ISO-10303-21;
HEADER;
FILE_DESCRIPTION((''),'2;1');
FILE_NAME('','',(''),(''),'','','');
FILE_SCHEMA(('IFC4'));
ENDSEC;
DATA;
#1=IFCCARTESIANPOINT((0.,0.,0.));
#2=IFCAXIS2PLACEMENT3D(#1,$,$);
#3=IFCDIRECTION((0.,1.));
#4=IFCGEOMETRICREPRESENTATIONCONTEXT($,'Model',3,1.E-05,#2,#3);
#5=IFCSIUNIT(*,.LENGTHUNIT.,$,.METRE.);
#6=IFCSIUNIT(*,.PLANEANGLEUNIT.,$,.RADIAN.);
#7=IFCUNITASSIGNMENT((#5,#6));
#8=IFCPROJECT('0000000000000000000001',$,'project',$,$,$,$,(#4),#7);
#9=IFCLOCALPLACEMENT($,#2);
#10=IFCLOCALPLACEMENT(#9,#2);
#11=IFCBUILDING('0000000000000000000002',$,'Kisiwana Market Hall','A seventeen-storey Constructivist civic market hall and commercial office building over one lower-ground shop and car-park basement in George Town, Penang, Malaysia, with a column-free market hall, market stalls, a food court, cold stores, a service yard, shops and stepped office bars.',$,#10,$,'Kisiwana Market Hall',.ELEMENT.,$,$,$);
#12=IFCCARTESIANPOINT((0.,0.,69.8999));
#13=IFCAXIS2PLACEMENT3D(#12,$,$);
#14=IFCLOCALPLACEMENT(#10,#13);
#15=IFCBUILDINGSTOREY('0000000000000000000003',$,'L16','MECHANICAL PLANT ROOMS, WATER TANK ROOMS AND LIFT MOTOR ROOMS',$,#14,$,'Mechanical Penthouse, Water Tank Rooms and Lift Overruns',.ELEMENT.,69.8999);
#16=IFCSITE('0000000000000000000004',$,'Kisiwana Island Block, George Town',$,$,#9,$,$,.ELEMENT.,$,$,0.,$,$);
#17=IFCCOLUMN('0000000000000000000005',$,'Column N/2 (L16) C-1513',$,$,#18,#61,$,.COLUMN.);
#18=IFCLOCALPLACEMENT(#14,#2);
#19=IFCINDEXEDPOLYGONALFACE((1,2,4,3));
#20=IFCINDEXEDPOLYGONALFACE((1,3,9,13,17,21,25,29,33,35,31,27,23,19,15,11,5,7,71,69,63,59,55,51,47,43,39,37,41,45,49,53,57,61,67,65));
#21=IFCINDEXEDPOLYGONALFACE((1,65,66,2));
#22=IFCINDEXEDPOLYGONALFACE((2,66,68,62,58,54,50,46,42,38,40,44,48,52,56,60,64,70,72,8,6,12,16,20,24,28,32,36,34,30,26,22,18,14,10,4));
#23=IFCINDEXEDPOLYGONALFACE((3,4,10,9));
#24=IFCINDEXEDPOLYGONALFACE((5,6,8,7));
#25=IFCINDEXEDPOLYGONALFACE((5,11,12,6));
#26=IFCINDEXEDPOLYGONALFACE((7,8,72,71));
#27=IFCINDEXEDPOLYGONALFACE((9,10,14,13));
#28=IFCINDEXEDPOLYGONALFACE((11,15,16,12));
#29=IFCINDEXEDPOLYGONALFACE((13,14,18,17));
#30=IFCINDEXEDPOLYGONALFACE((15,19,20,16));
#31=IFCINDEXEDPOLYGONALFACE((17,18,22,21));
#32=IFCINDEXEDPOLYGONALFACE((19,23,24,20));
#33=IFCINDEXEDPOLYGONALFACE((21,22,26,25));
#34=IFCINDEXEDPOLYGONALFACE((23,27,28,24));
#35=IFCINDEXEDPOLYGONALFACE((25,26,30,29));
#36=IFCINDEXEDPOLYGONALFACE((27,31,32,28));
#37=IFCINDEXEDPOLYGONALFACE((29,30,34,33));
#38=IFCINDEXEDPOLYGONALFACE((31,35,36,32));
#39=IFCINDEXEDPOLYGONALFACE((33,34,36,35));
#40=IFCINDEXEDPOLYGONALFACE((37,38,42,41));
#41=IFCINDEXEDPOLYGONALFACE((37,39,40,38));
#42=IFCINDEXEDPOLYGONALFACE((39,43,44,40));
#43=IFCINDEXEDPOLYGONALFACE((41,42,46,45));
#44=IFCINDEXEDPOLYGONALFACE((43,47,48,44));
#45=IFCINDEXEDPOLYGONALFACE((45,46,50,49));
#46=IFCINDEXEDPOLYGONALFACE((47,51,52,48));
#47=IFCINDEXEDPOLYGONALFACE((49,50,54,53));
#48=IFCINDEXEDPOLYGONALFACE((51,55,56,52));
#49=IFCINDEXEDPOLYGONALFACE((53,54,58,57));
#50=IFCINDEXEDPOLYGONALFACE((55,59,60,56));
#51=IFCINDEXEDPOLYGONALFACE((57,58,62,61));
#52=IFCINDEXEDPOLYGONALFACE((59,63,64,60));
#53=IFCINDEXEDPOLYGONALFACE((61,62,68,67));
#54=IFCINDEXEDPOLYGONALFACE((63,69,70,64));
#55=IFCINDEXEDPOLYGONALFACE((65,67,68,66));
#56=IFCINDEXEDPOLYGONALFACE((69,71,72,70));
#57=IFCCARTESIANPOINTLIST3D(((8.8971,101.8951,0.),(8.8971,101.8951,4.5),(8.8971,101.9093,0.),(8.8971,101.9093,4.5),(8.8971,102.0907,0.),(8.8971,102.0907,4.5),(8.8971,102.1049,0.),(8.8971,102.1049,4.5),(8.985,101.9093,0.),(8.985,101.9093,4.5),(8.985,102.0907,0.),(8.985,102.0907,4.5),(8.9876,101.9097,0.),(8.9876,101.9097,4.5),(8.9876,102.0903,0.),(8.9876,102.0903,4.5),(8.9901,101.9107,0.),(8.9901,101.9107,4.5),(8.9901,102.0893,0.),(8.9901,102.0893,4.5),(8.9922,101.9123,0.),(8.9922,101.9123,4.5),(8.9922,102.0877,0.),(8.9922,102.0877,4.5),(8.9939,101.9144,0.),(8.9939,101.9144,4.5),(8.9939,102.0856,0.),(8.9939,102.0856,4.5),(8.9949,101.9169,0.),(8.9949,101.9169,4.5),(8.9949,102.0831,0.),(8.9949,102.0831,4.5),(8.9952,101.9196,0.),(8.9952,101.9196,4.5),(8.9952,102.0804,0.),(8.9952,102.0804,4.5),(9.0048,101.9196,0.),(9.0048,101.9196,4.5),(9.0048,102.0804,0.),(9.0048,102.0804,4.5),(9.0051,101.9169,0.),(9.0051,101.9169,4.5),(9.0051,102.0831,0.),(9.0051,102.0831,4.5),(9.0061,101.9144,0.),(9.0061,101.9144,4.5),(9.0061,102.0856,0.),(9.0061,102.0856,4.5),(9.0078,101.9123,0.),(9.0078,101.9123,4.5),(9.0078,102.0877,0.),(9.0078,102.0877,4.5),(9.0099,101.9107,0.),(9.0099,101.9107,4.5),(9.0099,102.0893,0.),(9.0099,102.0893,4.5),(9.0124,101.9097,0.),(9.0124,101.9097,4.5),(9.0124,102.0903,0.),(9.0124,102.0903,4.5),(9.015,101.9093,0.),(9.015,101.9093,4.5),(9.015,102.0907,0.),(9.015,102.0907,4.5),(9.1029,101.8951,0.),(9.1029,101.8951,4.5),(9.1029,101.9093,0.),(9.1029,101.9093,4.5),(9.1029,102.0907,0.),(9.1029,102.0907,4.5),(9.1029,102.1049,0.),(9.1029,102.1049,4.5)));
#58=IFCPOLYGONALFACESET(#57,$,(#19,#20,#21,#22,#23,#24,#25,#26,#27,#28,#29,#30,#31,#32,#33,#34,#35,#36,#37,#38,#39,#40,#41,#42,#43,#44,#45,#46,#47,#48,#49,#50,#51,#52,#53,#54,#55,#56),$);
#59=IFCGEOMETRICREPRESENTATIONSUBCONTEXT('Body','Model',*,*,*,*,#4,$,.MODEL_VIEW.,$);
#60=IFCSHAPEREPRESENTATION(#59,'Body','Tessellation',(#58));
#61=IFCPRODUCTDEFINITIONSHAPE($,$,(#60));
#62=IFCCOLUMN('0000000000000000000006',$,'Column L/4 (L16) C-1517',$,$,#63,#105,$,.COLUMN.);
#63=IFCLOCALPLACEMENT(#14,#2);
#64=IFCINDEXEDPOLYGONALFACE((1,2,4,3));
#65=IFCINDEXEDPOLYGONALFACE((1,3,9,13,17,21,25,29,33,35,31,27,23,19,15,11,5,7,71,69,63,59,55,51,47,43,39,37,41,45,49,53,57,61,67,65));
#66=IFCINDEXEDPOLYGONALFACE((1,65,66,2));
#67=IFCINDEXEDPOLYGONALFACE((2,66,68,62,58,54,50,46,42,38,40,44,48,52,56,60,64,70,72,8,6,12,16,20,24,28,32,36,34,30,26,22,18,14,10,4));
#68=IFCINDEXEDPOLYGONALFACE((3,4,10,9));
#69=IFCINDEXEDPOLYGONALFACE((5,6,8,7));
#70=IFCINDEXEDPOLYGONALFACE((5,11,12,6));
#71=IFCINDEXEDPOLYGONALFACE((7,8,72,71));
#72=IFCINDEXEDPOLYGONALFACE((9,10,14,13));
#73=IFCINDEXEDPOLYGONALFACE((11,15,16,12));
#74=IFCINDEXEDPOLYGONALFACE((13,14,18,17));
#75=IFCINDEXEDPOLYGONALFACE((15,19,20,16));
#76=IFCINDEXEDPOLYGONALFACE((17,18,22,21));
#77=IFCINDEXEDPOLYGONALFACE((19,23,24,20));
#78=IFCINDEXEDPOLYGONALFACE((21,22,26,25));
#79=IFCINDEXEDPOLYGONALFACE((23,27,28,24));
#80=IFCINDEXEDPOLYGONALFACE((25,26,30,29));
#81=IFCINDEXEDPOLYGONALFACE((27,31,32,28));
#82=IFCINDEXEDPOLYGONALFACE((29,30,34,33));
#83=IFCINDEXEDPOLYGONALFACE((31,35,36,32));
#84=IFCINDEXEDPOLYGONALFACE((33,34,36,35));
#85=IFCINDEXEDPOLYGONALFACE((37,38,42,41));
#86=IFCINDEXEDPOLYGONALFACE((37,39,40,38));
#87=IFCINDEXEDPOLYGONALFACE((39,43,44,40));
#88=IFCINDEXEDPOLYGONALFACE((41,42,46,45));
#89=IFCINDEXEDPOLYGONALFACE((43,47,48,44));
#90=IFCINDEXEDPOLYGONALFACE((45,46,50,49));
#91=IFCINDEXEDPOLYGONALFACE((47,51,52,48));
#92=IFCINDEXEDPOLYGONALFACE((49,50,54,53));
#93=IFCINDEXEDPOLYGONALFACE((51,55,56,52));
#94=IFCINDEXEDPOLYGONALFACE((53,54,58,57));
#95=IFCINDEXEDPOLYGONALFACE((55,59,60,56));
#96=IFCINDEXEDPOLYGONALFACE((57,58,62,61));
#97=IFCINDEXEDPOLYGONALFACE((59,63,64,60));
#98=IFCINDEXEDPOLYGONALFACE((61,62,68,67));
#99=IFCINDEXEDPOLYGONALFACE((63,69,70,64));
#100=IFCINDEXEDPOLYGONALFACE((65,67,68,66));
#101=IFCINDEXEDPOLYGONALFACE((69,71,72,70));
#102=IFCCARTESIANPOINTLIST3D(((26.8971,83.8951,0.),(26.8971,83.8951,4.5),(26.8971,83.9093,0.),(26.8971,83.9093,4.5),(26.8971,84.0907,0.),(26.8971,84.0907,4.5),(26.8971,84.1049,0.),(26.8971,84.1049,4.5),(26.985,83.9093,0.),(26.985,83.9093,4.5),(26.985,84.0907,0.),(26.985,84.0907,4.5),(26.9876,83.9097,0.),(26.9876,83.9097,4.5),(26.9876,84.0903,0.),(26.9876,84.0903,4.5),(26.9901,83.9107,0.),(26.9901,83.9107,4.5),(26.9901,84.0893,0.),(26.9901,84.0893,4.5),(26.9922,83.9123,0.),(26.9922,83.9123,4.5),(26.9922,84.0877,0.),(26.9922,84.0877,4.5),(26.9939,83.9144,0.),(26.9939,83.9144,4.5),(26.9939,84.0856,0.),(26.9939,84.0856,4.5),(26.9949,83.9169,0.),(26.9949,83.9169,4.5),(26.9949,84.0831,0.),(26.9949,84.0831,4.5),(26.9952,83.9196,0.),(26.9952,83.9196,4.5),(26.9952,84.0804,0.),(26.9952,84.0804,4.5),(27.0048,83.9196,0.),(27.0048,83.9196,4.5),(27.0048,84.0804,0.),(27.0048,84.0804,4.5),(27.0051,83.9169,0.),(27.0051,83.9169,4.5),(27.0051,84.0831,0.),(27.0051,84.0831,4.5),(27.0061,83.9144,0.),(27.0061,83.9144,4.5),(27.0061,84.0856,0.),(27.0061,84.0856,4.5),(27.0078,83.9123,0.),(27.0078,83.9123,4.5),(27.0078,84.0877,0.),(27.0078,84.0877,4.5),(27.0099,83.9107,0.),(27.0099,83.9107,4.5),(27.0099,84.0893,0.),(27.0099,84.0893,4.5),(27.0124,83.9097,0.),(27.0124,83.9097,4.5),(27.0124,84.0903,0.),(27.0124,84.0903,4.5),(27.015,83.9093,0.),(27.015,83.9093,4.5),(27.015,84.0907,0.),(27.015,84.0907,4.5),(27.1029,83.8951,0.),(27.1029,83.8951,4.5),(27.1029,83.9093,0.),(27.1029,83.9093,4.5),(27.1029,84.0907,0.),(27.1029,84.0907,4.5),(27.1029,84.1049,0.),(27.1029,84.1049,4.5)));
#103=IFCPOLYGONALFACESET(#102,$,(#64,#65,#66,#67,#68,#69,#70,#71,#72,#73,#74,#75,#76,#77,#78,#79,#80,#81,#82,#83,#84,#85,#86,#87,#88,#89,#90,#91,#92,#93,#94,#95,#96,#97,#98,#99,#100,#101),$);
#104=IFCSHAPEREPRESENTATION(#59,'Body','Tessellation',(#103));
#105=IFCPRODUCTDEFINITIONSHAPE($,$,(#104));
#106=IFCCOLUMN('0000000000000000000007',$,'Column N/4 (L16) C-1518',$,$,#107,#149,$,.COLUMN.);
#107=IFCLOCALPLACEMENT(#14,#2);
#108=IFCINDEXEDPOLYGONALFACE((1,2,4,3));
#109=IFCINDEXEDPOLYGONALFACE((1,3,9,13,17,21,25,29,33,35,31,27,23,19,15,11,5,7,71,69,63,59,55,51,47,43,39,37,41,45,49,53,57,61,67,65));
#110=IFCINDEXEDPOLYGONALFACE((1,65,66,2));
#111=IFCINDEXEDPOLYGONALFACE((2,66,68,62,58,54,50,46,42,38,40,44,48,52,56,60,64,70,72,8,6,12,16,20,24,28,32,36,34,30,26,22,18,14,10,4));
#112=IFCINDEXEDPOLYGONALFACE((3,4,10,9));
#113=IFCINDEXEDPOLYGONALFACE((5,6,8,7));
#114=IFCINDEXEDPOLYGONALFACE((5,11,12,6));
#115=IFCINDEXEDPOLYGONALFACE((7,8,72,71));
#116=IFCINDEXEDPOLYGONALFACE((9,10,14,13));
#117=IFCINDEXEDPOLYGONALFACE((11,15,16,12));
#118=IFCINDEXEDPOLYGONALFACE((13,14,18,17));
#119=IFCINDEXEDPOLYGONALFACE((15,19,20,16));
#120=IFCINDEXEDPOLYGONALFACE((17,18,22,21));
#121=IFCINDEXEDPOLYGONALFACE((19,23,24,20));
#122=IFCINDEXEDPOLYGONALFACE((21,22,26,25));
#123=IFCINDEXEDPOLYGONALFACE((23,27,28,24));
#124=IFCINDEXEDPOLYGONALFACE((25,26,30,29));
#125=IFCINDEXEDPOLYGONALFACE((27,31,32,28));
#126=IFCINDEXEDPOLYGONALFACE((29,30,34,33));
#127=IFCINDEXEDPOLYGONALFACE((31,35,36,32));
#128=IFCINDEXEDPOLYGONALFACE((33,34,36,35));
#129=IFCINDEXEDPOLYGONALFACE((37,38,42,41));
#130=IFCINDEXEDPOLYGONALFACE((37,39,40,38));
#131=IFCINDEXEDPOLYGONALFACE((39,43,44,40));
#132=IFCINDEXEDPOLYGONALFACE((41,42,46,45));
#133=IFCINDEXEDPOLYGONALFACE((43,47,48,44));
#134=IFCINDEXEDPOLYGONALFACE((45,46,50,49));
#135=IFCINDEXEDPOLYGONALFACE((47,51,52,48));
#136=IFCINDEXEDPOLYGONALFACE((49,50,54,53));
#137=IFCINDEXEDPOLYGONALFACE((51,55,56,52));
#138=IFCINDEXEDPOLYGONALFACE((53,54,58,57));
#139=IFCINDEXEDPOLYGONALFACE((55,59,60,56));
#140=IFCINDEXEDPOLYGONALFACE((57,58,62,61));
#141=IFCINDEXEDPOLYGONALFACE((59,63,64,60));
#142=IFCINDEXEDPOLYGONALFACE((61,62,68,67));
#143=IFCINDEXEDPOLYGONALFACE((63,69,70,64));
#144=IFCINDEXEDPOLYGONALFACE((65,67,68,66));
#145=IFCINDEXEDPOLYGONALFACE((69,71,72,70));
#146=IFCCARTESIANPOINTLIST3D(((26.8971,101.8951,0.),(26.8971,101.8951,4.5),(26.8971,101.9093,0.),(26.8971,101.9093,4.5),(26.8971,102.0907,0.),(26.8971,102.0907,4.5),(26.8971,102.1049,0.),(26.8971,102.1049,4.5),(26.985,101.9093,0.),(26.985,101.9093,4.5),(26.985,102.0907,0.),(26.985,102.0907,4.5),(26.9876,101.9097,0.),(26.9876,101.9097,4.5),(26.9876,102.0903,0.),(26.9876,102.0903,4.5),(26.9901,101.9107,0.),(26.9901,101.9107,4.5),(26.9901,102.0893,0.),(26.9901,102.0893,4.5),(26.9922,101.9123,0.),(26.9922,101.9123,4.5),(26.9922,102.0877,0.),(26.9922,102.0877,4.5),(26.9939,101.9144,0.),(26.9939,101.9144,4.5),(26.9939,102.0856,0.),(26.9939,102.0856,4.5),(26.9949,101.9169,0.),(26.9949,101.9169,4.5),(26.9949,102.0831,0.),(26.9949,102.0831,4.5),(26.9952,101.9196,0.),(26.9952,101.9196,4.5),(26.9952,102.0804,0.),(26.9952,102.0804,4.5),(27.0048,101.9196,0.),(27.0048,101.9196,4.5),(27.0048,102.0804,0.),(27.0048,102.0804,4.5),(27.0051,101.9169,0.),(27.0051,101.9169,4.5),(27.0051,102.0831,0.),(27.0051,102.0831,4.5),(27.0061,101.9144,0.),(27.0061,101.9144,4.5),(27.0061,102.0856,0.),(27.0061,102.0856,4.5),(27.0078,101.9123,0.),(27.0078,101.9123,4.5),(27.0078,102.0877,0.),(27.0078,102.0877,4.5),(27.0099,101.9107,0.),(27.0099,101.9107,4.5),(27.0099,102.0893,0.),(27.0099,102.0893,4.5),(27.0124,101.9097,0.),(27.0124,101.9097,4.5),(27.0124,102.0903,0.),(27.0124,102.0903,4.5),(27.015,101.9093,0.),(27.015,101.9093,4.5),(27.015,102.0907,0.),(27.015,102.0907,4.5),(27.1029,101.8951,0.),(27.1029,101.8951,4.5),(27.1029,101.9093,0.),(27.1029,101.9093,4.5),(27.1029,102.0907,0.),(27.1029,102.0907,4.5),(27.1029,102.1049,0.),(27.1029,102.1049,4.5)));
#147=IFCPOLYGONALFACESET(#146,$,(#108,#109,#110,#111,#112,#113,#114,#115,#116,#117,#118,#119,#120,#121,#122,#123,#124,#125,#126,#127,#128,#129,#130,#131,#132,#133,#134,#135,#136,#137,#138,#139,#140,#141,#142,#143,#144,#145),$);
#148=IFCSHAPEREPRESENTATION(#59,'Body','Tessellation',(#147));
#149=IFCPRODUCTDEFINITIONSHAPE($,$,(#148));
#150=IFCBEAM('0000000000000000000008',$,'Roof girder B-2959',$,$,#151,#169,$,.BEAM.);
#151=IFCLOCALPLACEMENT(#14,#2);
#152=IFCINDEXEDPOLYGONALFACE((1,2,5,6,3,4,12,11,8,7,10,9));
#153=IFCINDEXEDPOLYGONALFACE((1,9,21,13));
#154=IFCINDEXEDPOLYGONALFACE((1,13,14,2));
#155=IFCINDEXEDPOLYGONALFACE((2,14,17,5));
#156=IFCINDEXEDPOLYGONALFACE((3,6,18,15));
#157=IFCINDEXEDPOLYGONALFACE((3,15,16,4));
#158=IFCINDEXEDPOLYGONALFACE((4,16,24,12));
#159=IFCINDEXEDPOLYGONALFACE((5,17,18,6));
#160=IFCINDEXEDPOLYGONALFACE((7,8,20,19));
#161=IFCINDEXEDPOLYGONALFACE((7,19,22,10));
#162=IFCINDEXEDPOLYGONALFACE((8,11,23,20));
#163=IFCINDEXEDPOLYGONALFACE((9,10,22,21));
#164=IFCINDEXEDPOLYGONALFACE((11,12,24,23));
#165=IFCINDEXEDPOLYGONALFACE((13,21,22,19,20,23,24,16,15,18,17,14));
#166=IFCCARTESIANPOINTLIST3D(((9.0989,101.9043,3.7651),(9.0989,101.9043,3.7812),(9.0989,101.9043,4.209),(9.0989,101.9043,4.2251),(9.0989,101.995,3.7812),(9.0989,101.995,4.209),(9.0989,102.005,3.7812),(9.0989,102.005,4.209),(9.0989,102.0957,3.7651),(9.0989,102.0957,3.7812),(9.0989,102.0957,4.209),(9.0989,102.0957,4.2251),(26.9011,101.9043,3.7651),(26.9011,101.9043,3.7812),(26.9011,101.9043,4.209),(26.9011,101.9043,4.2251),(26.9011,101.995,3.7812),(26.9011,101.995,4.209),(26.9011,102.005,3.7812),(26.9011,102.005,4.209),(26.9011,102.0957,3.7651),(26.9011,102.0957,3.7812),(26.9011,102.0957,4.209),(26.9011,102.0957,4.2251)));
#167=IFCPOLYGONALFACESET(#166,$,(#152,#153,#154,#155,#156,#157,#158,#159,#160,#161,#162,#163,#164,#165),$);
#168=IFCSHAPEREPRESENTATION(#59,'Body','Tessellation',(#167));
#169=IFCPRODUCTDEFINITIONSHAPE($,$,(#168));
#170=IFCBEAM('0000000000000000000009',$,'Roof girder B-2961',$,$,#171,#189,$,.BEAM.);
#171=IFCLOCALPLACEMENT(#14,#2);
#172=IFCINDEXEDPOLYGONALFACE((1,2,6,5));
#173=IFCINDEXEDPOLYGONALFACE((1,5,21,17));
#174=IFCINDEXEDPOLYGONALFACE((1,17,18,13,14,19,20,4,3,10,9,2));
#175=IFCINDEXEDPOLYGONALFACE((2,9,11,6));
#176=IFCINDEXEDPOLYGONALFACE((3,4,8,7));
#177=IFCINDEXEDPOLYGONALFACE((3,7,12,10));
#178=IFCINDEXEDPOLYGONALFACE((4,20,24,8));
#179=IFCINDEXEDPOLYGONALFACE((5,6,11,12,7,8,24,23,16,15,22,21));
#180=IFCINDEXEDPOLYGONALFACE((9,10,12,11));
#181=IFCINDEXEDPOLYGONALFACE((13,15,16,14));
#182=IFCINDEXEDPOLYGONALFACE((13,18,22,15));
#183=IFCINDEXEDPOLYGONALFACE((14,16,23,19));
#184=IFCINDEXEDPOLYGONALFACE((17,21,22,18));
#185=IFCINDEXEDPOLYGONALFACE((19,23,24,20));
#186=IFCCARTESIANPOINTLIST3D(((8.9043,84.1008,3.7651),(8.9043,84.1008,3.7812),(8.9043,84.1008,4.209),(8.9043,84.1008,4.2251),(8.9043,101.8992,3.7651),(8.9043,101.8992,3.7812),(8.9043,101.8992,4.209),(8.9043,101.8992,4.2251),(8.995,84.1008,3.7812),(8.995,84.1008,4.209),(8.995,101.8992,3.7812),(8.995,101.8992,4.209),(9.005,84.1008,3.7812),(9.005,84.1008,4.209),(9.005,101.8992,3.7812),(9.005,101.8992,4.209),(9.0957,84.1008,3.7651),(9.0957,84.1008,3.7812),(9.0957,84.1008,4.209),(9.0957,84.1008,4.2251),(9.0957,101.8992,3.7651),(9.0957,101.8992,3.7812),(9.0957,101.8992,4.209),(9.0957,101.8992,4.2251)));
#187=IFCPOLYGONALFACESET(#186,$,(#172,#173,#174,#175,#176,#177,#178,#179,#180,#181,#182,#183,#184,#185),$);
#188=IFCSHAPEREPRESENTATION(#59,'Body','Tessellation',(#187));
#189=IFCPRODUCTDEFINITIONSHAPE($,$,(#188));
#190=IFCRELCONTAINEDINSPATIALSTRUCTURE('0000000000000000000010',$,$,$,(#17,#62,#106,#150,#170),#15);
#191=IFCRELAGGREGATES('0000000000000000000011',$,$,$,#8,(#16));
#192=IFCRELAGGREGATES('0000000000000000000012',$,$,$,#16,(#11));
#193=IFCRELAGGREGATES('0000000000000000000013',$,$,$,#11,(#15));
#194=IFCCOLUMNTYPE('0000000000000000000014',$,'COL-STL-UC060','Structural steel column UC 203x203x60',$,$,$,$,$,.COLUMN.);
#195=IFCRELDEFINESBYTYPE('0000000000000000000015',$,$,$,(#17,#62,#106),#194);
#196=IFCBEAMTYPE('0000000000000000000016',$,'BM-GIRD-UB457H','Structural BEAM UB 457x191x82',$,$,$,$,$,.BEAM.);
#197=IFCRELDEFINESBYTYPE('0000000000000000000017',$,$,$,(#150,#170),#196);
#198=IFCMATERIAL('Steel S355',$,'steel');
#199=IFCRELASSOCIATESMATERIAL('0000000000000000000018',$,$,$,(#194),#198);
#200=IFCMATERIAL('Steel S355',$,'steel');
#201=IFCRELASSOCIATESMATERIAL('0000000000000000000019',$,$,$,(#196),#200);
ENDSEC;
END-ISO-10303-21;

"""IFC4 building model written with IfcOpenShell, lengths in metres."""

from ifc_helpers import new_model, si_unit, direction, frame, origin, origin_2d, place, context, subcontext, project, spatial, i_section, extrude, material, material_profile, profile_set, type_object, element, save


model = new_model("IFC4")

# Units and contexts
model_context = context("Model", 3, precision=1e-05, world=origin(), true_north=direction((0.0, 1.0)))
body_context = subcontext(model_context, "Body", "Model", "MODEL_VIEW")
ifc_project = project(units=[si_unit("LENGTHUNIT", "METRE"), si_unit("PLANEANGLEUNIT", "RADIAN")], contexts=[model_context])

# Site, building, storey
site_placement = place(None, origin())
site = spatial("IfcSite", under=ifc_project, at=site_placement, Name="Kisiwana Island Block, George Town", CompositionType="ELEMENT", RefElevation=0.0)
building_placement = place(site_placement, origin())
building = spatial("IfcBuilding", under=site, at=building_placement, Name="Kisiwana Market Hall", Description="A seventeen-storey Constructivist civic market hall and commercial office building over one lower-ground shop and car-park basement in George Town, Penang, Malaysia, with a column-free market hall, market stalls, a food court, cold stores, a service yard, shops and stepped office bars.", LongName="Kisiwana Market Hall", CompositionType="ELEMENT")
storey_placement = place(building_placement, frame((0.0, 0.0, 69.8999)))
storey = spatial("IfcBuildingStorey", under=building, at=storey_placement, Name="L16", Description="MECHANICAL PLANT ROOMS, WATER TANK ROOMS AND LIFT MOTOR ROOMS", LongName="Mechanical Penthouse, Water Tank Rooms and Lift Overruns", CompositionType="ELEMENT", Elevation=69.8999)

# Columns
ifc_material_1 = material(Name="Steel S355", Category="steel")
ifc_material_profile_1 = material_profile(ifc_material_1, i_section(OverallWidth=0.2058, OverallDepth=0.2097, WebThickness=0.0095, FlangeThickness=0.0142, FilletRadius=0.0103, at=origin_2d()), Name="UC 203x203x60")
ifc_profile_set_1 = profile_set([ifc_material_profile_1], Name="Steel S355")
column_type = type_object("IfcColumnType", Name="COL-STL-UC060", Description="Structural steel column UC 203x203x60", PredefinedType="COLUMN", material=ifc_profile_set_1)
for number, where, z_axis, x_axis, name in (
    (1, (9.0, 102.0, 0.0), (0.0, 0.0, 1.0), (1.0, 0.0, 0.0), "Column N/2 (L16) C-1513"),
    (2, (27.0, 84.0, 0.0), (0.0, 0.0, 1.0), (1.0, 0.0, 0.0), "Column L/4 (L16) C-1517"),
    (3, (27.0, 102.0, 0.0), (0.0, 0.0, 1.0), (1.0, 0.0, 0.0), "Column N/4 (L16) C-1518"),
):
    element("IfcColumn", number, at=place(storey_placement, frame(where, z_axis=z_axis, x_axis=x_axis)), inside=storey, type_object=column_type, Name=name, PredefinedType="COLUMN", context=body_context, shape_type="SweptSolid", body=[
        extrude(i_section(OverallWidth=0.2058, OverallDepth=0.2097, WebThickness=0.0095, FlangeThickness=0.0142, FilletRadius=0.0103, at=origin_2d()), origin(), (0.0, 0.0, 1.0), 4.5),
    ])

# Beams
ifc_material_2 = material(Name="Steel S355", Category="steel")
ifc_material_profile_2 = material_profile(ifc_material_2, i_section(OverallWidth=0.1914, OverallDepth=0.46, WebThickness=0.01, FlangeThickness=0.0161, at=origin_2d()), Name="UB 457x191x82")
ifc_profile_set_2 = profile_set([ifc_material_profile_2], Name="Steel S355")
beam_type_1 = type_object("IfcBeamType", Name="BM-GIRD-UB457H", Description="Structural BEAM UB 457x191x82", PredefinedType="BEAM", material=ifc_profile_set_2)
beam_1_placement = place(storey_placement, frame((9.0989, 102.0, 3.9951), z_axis=(1.0, 0.0, 0.0), x_axis=(0.0, 1.0, 0.0)))
element("IfcBeam", 4, at=beam_1_placement, inside=storey, type_object=beam_type_1, Name="Roof girder B-2959", PredefinedType="BEAM", context=body_context, shape_type="SweptSolid", body=[
    extrude(i_section(OverallWidth=0.1914, OverallDepth=0.46, WebThickness=0.01, FlangeThickness=0.0161, at=origin_2d()), origin(), (0.0, 0.0, 1.0), 17.8022),
])
for number, where, z_axis, x_axis, name in (
    (5, (9.0, 84.1008, 3.9951), (0.0, 1.0, 0.0), (-1.0, 0.0, 0.0), "Roof girder B-2961"),
):
    element("IfcBeam", number, at=place(storey_placement, frame(where, z_axis=z_axis, x_axis=x_axis)), inside=storey, type_object=beam_type_1, Name=name, PredefinedType="BEAM", context=body_context, shape_type="SweptSolid", body=[
        extrude(i_section(OverallWidth=0.1914, OverallDepth=0.46, WebThickness=0.01, FlangeThickness=0.0161, at=origin_2d()), origin(), (0.0, 0.0, 1.0), 17.7983),
    ])

save(model, "model.ifc")
